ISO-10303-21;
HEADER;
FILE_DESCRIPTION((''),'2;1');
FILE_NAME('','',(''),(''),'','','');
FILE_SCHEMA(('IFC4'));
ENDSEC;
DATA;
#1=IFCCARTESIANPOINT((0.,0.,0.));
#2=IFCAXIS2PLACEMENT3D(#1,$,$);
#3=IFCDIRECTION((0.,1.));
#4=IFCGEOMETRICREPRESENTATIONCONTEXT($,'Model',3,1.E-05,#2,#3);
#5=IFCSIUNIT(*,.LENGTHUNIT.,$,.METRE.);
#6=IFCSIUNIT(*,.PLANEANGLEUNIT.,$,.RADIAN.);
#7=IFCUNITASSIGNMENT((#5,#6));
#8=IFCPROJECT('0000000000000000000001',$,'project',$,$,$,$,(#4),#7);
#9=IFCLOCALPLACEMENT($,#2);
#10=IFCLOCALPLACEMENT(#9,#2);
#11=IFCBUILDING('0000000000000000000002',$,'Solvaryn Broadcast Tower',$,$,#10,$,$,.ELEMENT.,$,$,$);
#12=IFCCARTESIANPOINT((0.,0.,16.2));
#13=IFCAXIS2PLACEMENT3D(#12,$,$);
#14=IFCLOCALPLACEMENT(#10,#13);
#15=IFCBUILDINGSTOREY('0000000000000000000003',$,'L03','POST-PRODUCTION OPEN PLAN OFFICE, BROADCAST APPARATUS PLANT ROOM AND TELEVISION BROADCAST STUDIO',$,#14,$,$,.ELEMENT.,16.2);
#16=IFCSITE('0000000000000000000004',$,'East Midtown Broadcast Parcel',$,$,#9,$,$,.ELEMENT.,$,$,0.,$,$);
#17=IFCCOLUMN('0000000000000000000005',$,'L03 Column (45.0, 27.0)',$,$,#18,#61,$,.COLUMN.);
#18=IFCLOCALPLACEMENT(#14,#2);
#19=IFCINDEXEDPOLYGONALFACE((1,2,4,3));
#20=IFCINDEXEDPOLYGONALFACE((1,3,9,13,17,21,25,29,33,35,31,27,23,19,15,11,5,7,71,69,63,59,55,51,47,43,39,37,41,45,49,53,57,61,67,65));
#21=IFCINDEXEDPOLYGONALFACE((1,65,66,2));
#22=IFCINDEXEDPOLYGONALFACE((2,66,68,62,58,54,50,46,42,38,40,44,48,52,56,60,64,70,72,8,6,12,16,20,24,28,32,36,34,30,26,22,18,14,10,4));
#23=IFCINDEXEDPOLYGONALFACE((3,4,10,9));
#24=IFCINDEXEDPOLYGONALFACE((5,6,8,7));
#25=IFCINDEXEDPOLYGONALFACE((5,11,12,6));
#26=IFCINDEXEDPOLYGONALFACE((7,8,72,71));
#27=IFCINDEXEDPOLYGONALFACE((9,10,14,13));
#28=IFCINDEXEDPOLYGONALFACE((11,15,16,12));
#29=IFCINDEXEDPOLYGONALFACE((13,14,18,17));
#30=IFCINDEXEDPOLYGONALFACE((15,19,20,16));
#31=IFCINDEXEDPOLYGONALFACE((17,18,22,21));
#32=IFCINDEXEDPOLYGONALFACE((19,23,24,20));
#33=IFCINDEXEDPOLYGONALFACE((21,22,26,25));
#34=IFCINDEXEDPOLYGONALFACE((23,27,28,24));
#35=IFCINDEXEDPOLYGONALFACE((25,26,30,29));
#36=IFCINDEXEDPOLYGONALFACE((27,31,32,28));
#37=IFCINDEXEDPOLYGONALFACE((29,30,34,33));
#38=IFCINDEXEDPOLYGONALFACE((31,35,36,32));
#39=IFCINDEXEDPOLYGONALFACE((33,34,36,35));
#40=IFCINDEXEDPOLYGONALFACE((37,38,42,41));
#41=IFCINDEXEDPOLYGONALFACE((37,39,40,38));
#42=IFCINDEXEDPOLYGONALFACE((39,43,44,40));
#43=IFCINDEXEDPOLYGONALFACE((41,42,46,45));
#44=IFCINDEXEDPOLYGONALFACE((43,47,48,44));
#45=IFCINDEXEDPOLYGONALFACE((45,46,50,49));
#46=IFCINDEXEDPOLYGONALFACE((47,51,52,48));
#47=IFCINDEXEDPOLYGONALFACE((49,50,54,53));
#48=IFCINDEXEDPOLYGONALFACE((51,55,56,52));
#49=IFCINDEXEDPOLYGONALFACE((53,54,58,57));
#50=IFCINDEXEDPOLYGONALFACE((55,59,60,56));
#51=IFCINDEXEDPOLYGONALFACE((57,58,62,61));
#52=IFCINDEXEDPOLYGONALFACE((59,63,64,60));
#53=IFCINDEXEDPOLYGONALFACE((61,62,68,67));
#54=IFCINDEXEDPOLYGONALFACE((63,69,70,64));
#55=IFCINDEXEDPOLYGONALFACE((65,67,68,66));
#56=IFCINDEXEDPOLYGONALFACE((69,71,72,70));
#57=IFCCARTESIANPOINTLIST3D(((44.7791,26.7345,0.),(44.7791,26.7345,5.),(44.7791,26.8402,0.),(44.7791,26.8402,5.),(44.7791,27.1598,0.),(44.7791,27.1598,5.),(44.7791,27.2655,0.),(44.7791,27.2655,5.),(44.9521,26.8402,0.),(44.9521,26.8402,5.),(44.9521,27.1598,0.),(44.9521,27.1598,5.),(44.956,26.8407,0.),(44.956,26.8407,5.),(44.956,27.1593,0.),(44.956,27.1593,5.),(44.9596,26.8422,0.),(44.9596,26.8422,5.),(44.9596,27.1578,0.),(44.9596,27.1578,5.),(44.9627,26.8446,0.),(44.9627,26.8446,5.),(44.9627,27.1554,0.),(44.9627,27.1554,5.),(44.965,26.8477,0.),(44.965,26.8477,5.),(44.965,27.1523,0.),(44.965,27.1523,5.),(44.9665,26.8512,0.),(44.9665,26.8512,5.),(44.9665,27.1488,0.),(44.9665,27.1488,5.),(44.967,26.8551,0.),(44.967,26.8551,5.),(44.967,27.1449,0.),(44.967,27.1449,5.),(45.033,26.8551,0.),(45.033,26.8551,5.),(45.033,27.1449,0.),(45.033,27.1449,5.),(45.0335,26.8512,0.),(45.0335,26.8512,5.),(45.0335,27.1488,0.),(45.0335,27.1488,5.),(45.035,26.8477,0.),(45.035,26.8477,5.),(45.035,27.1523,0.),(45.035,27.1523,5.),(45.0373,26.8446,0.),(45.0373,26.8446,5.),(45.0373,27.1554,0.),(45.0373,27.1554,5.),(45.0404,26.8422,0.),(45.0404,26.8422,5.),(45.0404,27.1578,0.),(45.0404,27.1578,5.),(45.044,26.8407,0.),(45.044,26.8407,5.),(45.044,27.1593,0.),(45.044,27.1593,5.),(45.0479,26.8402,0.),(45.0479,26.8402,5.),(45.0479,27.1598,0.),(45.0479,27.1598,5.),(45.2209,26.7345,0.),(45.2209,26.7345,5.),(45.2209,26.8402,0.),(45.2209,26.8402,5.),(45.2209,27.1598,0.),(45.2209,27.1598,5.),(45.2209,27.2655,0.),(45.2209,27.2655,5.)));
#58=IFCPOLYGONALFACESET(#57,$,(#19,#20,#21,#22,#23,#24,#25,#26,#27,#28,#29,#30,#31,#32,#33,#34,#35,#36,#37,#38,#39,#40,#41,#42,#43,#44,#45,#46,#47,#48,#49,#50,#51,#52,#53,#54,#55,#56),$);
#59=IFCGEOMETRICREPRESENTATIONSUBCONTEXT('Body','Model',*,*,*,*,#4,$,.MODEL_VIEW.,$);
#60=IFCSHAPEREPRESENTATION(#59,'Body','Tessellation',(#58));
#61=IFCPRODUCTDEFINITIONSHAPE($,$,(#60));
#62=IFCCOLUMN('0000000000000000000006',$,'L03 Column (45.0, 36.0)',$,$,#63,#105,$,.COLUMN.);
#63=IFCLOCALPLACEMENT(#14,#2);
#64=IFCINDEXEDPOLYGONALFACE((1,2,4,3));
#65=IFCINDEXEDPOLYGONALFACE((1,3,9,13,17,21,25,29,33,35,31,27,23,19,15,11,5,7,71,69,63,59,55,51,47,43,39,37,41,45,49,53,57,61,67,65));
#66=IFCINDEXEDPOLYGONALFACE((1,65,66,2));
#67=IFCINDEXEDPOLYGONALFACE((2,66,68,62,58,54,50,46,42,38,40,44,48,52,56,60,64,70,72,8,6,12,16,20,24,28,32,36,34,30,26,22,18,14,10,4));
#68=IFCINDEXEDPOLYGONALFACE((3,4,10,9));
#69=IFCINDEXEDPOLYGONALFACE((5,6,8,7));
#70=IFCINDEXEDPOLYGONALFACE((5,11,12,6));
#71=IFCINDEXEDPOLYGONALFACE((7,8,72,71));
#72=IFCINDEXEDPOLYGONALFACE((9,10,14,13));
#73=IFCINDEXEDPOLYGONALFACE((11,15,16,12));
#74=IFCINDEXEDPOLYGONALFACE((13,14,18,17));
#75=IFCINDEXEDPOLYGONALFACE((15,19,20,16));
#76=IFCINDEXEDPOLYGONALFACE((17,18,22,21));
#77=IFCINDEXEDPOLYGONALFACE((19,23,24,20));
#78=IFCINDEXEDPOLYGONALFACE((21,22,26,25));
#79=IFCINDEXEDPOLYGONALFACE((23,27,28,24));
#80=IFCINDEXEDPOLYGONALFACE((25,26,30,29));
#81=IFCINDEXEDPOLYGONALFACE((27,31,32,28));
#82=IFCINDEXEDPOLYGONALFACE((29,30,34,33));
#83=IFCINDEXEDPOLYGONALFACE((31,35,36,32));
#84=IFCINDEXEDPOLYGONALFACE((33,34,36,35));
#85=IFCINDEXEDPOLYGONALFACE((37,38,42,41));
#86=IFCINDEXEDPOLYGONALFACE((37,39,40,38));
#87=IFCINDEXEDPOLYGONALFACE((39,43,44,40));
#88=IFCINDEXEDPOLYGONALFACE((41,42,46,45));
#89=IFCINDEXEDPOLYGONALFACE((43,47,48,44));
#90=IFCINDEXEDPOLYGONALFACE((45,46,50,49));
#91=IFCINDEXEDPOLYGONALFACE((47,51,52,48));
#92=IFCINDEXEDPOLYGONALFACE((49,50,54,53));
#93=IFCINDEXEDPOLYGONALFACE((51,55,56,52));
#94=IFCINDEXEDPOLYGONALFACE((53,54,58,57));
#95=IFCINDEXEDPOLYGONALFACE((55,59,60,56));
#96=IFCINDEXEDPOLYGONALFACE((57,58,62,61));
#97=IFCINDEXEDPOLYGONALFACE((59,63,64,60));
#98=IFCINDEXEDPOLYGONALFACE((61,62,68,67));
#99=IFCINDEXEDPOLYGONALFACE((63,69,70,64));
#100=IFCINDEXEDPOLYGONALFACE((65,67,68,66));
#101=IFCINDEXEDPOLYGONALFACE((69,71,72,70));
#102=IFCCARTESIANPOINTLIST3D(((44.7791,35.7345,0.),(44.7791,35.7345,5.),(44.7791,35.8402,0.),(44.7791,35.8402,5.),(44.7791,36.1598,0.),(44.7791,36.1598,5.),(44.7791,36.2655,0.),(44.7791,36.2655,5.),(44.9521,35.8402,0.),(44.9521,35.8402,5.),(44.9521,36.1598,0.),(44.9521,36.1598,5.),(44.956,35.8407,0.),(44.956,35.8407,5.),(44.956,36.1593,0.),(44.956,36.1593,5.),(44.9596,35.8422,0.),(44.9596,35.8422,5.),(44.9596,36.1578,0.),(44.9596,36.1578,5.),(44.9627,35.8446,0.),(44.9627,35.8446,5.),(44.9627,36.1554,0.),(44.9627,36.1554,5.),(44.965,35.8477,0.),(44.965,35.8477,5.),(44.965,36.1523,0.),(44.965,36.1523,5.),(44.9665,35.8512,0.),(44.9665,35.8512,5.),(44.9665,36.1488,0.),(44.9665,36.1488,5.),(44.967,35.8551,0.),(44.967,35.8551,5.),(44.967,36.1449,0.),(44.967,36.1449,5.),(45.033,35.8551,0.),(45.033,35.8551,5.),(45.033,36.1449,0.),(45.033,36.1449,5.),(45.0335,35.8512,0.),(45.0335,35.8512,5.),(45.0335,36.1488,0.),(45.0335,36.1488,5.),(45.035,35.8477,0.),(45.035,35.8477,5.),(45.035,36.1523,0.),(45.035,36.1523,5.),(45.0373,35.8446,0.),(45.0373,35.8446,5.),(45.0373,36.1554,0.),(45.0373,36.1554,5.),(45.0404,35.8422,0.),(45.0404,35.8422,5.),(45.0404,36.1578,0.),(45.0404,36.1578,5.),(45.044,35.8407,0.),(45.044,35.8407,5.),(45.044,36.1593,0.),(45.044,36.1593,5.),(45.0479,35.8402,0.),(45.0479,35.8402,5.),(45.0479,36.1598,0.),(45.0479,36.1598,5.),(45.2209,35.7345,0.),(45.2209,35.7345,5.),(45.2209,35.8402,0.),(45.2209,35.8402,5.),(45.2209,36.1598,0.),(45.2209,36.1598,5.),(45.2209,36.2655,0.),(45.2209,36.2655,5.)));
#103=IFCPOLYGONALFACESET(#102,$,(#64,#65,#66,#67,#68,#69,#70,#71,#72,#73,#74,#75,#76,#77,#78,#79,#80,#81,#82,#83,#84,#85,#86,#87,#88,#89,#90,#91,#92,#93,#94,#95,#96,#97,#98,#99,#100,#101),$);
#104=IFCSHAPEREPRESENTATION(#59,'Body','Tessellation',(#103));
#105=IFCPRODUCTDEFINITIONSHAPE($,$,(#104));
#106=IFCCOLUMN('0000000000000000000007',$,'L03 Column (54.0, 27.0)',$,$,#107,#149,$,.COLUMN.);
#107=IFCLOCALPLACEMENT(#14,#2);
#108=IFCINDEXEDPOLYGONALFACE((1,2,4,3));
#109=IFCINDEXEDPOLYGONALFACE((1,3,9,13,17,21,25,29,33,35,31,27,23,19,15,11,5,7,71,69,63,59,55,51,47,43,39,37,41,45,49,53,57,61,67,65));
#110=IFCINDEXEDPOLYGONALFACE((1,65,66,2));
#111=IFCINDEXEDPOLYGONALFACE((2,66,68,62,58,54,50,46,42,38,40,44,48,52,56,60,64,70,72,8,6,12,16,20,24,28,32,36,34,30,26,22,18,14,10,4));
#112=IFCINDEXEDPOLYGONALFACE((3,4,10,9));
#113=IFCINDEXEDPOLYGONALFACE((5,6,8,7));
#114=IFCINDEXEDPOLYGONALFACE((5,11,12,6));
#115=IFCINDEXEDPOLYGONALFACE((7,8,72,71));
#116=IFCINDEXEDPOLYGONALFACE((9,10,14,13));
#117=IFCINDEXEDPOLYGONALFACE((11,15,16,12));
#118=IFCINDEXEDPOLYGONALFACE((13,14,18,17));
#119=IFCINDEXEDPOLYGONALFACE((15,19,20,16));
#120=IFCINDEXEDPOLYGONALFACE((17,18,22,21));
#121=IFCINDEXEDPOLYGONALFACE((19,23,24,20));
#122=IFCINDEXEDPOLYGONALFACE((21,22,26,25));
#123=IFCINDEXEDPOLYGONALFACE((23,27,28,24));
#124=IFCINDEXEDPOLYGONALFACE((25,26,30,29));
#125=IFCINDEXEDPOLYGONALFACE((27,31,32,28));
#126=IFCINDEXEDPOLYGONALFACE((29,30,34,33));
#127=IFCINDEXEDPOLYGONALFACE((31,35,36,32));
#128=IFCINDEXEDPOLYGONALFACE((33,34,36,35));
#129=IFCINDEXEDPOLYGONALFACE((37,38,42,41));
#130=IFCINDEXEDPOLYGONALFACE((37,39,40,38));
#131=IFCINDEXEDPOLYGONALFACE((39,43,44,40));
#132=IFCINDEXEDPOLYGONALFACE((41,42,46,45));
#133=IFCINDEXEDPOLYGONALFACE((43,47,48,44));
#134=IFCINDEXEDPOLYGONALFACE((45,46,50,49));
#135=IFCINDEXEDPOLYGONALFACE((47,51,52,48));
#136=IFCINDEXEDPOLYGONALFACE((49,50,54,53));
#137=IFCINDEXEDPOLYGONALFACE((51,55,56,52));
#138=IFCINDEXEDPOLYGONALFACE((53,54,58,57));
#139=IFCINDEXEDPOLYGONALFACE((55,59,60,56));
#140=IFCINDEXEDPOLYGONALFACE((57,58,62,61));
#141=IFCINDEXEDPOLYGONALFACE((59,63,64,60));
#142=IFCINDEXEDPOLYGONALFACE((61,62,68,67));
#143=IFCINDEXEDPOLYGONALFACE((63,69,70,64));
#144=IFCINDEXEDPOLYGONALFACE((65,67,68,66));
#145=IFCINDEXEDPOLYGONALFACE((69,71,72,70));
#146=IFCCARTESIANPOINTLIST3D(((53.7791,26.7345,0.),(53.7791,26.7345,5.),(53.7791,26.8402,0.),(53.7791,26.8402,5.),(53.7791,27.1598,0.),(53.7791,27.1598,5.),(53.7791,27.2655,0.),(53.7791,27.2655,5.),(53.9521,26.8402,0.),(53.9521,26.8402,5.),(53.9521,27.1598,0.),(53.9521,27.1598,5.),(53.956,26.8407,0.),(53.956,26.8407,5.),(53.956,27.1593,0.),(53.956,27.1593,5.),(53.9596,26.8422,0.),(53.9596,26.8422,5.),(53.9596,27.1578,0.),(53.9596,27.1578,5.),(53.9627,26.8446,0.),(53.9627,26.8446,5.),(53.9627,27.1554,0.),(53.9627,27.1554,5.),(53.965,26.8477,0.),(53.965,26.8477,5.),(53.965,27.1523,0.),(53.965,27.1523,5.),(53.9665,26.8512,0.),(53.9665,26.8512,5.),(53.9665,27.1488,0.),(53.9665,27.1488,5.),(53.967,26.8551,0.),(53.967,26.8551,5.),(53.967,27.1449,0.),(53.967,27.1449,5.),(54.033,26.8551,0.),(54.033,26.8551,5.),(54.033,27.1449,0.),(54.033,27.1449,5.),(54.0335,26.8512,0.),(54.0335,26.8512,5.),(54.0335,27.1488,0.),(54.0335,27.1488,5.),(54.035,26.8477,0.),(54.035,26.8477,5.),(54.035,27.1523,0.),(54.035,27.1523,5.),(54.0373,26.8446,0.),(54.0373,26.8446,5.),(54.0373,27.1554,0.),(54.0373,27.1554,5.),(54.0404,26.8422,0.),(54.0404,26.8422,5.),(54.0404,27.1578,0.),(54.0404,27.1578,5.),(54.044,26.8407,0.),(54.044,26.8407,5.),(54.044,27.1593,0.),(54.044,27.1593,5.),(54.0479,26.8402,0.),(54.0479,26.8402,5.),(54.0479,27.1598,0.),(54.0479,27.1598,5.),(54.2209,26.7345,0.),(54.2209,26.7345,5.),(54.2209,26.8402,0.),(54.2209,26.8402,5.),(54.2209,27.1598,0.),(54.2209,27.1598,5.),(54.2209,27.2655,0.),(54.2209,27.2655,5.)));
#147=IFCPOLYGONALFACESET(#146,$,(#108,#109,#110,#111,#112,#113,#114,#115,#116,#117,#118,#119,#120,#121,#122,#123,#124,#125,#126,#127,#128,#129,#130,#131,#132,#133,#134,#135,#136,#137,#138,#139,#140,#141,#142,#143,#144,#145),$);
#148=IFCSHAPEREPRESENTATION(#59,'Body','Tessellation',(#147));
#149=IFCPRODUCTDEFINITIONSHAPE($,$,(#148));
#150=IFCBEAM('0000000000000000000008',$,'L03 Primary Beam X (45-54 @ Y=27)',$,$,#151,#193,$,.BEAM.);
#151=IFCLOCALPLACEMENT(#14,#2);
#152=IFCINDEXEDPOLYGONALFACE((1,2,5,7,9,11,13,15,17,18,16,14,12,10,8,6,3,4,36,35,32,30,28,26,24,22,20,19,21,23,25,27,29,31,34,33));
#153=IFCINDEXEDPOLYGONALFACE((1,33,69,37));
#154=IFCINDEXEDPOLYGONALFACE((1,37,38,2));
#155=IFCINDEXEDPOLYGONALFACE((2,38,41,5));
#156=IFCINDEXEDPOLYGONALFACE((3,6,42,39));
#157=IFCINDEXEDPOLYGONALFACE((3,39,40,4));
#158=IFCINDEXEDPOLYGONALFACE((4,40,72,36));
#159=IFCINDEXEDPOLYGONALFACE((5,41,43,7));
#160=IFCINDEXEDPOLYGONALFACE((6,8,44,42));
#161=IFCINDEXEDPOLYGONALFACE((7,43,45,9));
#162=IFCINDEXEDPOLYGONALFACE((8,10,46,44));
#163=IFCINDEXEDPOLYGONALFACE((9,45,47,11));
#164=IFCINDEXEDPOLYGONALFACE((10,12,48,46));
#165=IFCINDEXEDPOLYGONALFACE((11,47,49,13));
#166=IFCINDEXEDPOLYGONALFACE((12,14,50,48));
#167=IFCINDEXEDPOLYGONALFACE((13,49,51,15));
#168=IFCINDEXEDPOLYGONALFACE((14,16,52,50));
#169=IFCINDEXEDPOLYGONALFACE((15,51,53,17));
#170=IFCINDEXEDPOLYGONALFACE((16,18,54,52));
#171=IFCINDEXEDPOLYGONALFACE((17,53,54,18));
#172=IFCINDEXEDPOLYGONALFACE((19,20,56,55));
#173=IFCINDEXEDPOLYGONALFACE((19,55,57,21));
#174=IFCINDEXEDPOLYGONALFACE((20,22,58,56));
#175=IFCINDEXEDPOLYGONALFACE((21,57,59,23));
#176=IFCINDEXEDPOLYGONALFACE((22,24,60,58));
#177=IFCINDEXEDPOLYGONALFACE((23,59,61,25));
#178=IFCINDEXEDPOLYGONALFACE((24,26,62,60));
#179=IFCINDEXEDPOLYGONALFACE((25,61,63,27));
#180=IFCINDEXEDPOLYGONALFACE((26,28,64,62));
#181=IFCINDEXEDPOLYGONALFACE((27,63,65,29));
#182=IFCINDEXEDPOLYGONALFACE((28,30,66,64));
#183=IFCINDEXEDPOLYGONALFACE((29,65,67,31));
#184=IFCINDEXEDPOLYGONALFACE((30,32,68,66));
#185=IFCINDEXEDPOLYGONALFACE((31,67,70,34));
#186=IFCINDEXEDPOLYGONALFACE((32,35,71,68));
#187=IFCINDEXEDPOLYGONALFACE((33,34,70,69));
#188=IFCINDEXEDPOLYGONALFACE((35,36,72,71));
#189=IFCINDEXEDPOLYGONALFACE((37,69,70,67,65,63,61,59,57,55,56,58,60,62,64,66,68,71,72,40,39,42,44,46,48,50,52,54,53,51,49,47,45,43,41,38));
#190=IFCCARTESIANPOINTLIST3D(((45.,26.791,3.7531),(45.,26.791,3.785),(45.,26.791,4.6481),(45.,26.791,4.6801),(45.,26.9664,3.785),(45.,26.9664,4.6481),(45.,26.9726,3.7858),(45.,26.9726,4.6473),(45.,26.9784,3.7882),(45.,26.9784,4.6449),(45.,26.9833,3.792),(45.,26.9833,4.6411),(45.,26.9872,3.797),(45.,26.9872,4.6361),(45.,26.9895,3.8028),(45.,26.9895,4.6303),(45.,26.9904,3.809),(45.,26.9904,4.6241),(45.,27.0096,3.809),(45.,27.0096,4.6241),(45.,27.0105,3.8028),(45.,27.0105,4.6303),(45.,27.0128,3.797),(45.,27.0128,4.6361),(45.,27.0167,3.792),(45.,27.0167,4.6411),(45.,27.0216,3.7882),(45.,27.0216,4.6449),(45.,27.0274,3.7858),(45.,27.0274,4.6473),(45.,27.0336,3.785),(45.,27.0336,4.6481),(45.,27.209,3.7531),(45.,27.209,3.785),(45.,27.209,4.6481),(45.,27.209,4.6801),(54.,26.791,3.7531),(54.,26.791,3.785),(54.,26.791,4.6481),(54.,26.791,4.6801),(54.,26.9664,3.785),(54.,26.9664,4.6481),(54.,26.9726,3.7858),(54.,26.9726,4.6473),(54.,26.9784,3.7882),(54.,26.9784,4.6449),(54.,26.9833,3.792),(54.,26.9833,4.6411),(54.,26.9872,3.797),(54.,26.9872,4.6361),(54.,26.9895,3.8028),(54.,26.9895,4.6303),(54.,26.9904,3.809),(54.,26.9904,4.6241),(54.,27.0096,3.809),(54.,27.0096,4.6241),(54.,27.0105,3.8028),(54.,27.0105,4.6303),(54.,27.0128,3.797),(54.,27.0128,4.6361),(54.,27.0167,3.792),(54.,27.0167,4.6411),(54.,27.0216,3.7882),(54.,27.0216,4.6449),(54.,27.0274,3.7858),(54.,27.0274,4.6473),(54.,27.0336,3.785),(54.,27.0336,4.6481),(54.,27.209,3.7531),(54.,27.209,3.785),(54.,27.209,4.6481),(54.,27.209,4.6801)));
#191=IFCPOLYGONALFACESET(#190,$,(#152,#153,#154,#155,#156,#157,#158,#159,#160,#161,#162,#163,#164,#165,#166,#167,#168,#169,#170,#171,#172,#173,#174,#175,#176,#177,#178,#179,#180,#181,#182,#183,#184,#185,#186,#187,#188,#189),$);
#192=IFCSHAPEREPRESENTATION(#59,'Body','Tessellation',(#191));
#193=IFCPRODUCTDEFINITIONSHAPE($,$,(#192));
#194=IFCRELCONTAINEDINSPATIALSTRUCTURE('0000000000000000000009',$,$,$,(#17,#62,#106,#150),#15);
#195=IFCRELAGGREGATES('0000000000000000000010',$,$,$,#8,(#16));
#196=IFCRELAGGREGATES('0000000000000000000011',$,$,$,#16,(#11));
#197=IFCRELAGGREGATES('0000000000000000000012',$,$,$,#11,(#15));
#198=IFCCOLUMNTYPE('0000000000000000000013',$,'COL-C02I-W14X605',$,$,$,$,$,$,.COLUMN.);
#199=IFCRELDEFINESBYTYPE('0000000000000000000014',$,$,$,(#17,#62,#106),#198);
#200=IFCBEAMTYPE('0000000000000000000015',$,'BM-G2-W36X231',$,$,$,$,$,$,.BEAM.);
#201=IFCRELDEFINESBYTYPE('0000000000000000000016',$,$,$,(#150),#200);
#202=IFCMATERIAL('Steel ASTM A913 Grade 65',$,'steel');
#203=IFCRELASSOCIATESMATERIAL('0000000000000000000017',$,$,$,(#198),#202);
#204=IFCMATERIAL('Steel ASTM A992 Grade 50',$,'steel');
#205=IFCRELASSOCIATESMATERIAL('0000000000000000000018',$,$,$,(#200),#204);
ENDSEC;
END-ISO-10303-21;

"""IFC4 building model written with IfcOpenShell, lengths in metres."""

from ifc_helpers import new_model, si_unit, direction, frame, origin, origin_2d, place, context, subcontext, project, spatial, i_section, extrude, material, material_profile, profile_set, type_object, element, save


model = new_model("IFC4")

# Units and contexts
model_context = context("Model", 3, precision=1e-05, world=origin(), true_north=direction((0.0, 1.0)))
body_context = subcontext(model_context, "Body", "Model", "MODEL_VIEW")
ifc_project = project(units=[si_unit("LENGTHUNIT", "METRE"), si_unit("PLANEANGLEUNIT", "RADIAN")], contexts=[model_context])

# Site, building, storey
site_placement = place(None, origin())
site = spatial("IfcSite", under=ifc_project, at=site_placement, Name="East Midtown Broadcast Parcel", CompositionType="ELEMENT", RefElevation=0.0)
building_placement = place(site_placement, origin())
building = spatial("IfcBuilding", under=site, at=building_placement, Name="Solvaryn Broadcast Tower", CompositionType="ELEMENT")
storey_placement = place(building_placement, frame((0.0, 0.0, 16.2)))
storey = spatial("IfcBuildingStorey", under=building, at=storey_placement, Name="L03", Description="POST-PRODUCTION OPEN PLAN OFFICE, BROADCAST APPARATUS PLANT ROOM AND TELEVISION BROADCAST STUDIO", CompositionType="ELEMENT", Elevation=16.2)

# Columns
ifc_material_1 = material(Name="Steel ASTM A913 Grade 65", Category="steel")
ifc_material_profile_1 = material_profile(ifc_material_1, i_section(OverallWidth=0.4419, OverallDepth=0.531, WebThickness=0.0659, FlangeThickness=0.1057, FilletRadius=0.0149, at=origin_2d()))
ifc_profile_set_1 = profile_set([ifc_material_profile_1], Name="Steel ASTM A913 Grade 65")
column_type = type_object("IfcColumnType", Name="COL-C02I-W14X605", PredefinedType="COLUMN", material=ifc_profile_set_1)
for number, where, z_axis, x_axis, name in (
    (1, (45.0, 27.0, 0.0), (0.0, 0.0, 1.0), (1.0, 0.0, 0.0), "L03 Column (45.0, 27.0)"),
    (2, (45.0, 36.0, 0.0), (0.0, 0.0, 1.0), (1.0, 0.0, 0.0), "L03 Column (45.0, 36.0)"),
    (3, (54.0, 27.0, 0.0), (0.0, 0.0, 1.0), (1.0, 0.0, 0.0), "L03 Column (54.0, 27.0)"),
):
    element("IfcColumn", number, at=place(storey_placement, frame(where, z_axis=z_axis, x_axis=x_axis)), inside=storey, type_object=column_type, Name=name, PredefinedType="COLUMN", context=body_context, shape_type="SweptSolid", body=[
        extrude(i_section(OverallWidth=0.4419, OverallDepth=0.531, WebThickness=0.0659, FlangeThickness=0.1057, FilletRadius=0.0149, at=origin_2d()), origin(), (0.0, 0.0, 1.0), 5.0),
    ])

# Beam
ifc_material_2 = material(Name="Steel ASTM A992 Grade 50", Category="steel")
ifc_material_profile_2 = material_profile(ifc_material_2, i_section(OverallWidth=0.418, OverallDepth=0.927, WebThickness=0.0193, FlangeThickness=0.032, FilletRadius=0.0239, at=origin_2d()))
ifc_profile_set_2 = profile_set([ifc_material_profile_2], Name="Steel ASTM A992 Grade 50")
beam_type_1 = type_object("IfcBeamType", Name="BM-G2-W36X231", PredefinedType="BEAM", material=ifc_profile_set_2)
for number, where, z_axis, x_axis, name in (
    (4, (45.0, 27.0, 4.2166), (1.0, 0.0, 0.0), (0.0, 1.0, 0.0), "L03 Primary Beam X (45-54 @ Y=27)"),
):
    element("IfcBeam", number, at=place(storey_placement, frame(where, z_axis=z_axis, x_axis=x_axis)), inside=storey, type_object=beam_type_1, Name=name, PredefinedType="BEAM", context=body_context, shape_type="SweptSolid", body=[
        extrude(i_section(OverallWidth=0.418, OverallDepth=0.927, WebThickness=0.0193, FlangeThickness=0.032, FilletRadius=0.0239, at=origin_2d()), origin(), (0.0, 0.0, 1.0), 9.0),
    ])

save(model, "model.ifc")
